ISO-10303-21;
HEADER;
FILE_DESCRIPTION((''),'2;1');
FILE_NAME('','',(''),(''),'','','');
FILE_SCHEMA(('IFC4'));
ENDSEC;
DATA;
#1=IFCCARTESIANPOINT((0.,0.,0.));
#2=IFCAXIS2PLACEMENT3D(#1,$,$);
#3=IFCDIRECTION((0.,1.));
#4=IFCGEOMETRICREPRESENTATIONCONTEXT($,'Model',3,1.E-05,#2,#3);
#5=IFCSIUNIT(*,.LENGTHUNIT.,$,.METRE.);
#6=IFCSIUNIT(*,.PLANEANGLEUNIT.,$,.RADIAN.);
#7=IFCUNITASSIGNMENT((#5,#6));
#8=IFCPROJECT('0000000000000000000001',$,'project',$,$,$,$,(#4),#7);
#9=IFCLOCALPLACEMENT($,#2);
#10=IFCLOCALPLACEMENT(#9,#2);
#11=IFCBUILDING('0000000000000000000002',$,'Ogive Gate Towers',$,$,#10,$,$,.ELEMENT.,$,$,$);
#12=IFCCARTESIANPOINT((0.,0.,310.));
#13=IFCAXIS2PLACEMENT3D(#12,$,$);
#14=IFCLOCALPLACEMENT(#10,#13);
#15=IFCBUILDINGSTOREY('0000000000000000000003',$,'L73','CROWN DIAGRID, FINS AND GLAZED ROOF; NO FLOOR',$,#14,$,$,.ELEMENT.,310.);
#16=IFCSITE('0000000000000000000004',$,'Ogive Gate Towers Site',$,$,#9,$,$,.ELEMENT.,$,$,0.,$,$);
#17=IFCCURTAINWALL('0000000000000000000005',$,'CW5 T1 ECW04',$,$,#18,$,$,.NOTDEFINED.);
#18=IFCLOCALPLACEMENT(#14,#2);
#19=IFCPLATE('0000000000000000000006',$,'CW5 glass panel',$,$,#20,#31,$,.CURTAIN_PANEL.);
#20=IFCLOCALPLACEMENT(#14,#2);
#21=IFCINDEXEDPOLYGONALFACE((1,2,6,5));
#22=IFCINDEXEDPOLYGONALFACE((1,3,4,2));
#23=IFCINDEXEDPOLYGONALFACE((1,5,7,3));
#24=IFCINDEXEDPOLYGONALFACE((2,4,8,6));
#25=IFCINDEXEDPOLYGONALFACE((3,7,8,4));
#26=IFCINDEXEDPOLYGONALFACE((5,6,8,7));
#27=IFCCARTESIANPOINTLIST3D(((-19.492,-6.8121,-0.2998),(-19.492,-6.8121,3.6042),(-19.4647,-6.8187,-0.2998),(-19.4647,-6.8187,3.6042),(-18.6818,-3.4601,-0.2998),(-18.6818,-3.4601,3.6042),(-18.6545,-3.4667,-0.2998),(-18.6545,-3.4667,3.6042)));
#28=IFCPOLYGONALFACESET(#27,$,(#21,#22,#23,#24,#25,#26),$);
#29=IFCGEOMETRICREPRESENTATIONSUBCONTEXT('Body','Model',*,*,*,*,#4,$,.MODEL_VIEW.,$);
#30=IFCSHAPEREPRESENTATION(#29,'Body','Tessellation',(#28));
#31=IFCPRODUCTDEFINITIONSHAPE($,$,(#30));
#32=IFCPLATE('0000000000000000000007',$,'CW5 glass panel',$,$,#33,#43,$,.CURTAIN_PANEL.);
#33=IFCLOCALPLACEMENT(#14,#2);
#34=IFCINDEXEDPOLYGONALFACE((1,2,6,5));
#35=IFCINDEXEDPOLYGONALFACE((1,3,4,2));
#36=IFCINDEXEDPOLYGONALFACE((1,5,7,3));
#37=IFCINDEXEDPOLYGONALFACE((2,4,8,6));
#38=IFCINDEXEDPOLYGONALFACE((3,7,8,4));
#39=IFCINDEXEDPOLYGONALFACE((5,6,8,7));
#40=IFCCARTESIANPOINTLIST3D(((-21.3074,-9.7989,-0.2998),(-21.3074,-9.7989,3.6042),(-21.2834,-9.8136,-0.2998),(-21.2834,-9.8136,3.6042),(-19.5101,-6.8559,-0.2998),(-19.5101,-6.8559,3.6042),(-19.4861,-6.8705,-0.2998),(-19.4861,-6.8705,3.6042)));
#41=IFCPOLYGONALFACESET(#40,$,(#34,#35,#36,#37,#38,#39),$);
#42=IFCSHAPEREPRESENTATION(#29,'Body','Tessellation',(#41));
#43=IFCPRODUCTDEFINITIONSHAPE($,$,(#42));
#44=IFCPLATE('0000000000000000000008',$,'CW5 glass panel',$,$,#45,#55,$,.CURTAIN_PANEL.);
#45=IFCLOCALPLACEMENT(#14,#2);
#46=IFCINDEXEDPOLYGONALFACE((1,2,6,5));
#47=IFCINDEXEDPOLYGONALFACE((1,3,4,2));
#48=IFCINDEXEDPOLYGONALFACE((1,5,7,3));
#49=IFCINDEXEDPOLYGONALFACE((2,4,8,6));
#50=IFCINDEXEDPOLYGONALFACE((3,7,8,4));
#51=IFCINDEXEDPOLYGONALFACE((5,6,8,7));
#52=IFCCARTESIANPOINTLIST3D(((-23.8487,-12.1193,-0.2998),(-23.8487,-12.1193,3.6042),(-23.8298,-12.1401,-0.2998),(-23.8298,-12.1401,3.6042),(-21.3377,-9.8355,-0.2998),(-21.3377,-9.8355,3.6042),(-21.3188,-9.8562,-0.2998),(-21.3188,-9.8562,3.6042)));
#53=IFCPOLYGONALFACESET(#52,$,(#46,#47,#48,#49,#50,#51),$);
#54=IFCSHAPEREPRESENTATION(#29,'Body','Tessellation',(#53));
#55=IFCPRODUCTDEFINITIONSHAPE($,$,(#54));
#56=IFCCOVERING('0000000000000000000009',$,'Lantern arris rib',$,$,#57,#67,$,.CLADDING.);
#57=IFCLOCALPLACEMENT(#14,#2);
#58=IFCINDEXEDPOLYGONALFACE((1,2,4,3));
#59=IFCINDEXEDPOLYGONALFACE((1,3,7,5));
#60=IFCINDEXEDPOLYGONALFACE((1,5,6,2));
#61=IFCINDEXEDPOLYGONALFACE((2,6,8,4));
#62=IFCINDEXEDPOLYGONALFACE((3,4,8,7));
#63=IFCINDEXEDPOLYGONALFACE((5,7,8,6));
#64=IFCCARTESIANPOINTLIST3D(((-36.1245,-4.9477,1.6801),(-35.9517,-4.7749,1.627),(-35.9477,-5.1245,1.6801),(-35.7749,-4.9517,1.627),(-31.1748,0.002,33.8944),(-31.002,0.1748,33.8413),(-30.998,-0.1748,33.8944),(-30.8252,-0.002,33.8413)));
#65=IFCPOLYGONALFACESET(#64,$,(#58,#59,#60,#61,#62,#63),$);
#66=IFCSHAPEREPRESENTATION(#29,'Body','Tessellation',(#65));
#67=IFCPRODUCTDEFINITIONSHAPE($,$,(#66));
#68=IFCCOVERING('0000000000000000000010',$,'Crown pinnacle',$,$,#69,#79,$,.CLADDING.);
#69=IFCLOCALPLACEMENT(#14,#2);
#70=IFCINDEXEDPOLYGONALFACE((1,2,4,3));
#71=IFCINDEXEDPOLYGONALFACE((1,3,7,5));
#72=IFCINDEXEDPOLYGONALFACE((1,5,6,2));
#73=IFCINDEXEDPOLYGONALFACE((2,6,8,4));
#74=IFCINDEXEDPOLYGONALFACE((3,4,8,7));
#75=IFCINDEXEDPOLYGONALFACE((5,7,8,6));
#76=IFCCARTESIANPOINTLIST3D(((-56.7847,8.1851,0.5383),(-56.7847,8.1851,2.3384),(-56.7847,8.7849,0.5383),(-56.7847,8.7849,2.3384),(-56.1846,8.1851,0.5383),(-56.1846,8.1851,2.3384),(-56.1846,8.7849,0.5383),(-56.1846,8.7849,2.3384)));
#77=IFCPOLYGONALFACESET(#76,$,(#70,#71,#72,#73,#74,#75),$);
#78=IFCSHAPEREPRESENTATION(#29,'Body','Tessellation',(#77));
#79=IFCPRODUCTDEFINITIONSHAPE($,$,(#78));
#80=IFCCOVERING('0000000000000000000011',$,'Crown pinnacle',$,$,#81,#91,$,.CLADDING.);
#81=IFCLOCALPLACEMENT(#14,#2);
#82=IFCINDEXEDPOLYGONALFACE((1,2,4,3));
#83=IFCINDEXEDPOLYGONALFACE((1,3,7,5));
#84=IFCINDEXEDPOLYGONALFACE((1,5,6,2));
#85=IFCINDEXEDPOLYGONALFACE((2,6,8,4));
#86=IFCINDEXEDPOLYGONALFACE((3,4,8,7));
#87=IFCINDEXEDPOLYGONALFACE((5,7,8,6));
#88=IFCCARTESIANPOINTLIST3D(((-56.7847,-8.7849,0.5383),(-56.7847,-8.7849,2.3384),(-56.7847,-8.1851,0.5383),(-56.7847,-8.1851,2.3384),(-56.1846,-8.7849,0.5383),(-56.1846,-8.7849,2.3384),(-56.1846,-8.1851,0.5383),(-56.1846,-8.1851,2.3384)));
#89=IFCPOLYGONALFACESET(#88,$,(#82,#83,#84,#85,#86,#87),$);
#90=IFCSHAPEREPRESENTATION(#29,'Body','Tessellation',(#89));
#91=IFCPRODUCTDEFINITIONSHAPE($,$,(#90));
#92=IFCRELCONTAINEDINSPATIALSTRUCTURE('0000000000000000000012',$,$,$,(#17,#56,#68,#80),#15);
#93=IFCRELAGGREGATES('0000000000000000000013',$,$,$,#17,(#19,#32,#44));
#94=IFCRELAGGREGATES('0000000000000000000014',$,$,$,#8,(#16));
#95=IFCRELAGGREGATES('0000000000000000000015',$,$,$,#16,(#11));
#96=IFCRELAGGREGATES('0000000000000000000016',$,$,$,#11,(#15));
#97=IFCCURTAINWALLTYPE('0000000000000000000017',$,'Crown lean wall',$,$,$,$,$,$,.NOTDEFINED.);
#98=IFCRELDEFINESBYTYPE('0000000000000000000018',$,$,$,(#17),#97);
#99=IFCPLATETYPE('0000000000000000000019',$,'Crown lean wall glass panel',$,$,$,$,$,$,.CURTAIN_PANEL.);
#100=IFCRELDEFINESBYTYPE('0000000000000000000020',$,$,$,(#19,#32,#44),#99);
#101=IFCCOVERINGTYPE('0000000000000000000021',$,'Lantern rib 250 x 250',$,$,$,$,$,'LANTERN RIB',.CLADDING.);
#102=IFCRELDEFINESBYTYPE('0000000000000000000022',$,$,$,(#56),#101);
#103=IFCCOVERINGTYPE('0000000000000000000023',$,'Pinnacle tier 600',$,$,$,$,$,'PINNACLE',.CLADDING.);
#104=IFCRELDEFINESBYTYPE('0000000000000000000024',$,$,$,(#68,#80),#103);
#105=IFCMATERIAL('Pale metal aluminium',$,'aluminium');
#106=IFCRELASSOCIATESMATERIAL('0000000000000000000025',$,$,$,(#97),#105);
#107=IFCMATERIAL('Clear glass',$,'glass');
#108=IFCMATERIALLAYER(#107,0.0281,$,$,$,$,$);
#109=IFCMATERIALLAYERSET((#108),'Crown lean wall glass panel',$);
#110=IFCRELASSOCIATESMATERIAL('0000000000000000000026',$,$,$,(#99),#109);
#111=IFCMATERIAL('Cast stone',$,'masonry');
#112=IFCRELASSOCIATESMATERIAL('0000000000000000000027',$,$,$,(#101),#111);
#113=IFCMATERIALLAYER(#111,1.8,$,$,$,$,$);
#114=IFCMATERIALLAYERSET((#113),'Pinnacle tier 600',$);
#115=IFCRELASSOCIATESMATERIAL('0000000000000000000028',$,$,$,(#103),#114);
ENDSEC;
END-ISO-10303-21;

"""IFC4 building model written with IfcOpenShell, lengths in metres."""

from ifc_helpers import new_model, si_unit, direction, frame, origin, origin_2d, place, context, subcontext, project, spatial, polyline, rectangle, outline, extrude, material, layer, layer_set, material_profile, profile_set, type_object, element, aggregate, save


model = new_model("IFC4")

# Units and contexts
model_context = context("Model", 3, precision=1e-05, world=origin(), true_north=direction((0.0, 1.0)))
body_context = subcontext(model_context, "Body", "Model", "MODEL_VIEW")
ifc_project = project(units=[si_unit("LENGTHUNIT", "METRE"), si_unit("PLANEANGLEUNIT", "RADIAN")], contexts=[model_context])

# Site, building, storey
site_placement = place(None, origin())
site = spatial("IfcSite", under=ifc_project, at=site_placement, Name="Ogive Gate Towers Site", CompositionType="ELEMENT", RefElevation=0.0)
building_placement = place(site_placement, origin())
building = spatial("IfcBuilding", under=site, at=building_placement, Name="Ogive Gate Towers", CompositionType="ELEMENT")
storey_placement = place(building_placement, frame((0.0, 0.0, 310.0)))
storey = spatial("IfcBuildingStorey", under=building, at=storey_placement, Name="L73", Description="CROWN DIAGRID, FINS AND GLAZED ROOF; NO FLOOR", CompositionType="ELEMENT", Elevation=310.0)

# Shared definitions
ifc_material_1 = material(Name="Pale metal aluminium", Category="aluminium")
curtain_wall_type = type_object("IfcCurtainWallType", Name="Crown lean wall", PredefinedType="NOTDEFINED", material=ifc_material_1)

# Curtain wall
curtain_wall_1_placement = place(storey_placement, origin())
curtain_wall_1 = element("IfcCurtainWall", 1, at=curtain_wall_1_placement, inside=storey, type_object=curtain_wall_type, Name="CW5 T1 ECW04", PredefinedType="NOTDEFINED")

# Plates
ifc_material_2 = material(Name="Clear glass", Category="glass")
ifc_layer_1 = layer(ifc_material_2, 0.0281)
ifc_layer_set_1 = layer_set([ifc_layer_1], Name="Crown lean wall glass panel")
plate_type = type_object("IfcPlateType", Name="Crown lean wall glass panel", PredefinedType="CURTAIN_PANEL", material=ifc_layer_set_1)
plate_1_placement = place(storey_placement, frame((-19.0732, -5.1394, -0.2998), z_axis=(0.0, 0.0, 1.0), x_axis=(-0.234939, -0.97201, 0.0)))
plate_1 = element("IfcPlate", 2, at=plate_1_placement, type_object=plate_type, Name="CW5 glass panel", PredefinedType="CURTAIN_PANEL", context=body_context, shape_type="SweptSolid", body=[
    extrude(rectangle(XDim=3.4485, YDim=0.0281, at=origin_2d()), origin(), (0.0, 0.0, 1.0), 3.9041),
])
plate_2_placement = place(storey_placement, frame((-20.3967, -8.3347, -0.2998), z_axis=(0.0, 0.0, 1.0), x_axis=(-0.521188, -0.853442, 0.0)))
plate_2 = element("IfcPlate", 3, at=plate_2_placement, type_object=plate_type, Name="CW5 glass panel", PredefinedType="CURTAIN_PANEL", context=body_context, shape_type="SweptSolid", body=[
    extrude(rectangle(XDim=3.4485, YDim=0.0281, at=origin_2d()), origin(), (0.0, 0.0, 1.0), 3.9041),
])
plate_3_placement = place(storey_placement, frame((-22.5837, -10.9878, -0.2998), z_axis=(0.0, 0.0, 1.0), x_axis=(-0.739772, -0.672858, 0.0)))
plate_3 = element("IfcPlate", 4, at=plate_3_placement, type_object=plate_type, Name="CW5 glass panel", PredefinedType="CURTAIN_PANEL", context=body_context, shape_type="SweptSolid", body=[
    extrude(rectangle(XDim=3.3943, YDim=0.0281, at=origin_2d()), origin(), (0.0, 0.0, 1.0), 3.9041),
])
aggregate(curtain_wall_1, [plate_1, plate_2, plate_3])

# Coverings
ifc_material_3 = material(Name="Cast stone", Category="masonry")
ifc_material_profile_1 = material_profile(ifc_material_3, rectangle(XDim=0.25, YDim=0.25, at=origin_2d()), Name="250 x 250 cast stone")
ifc_profile_set_1 = profile_set([ifc_material_profile_1], Name="Cast stone")
covering_type_1 = type_object("IfcCoveringType", Name="Lantern rib 250 x 250", ElementType="LANTERN RIB", PredefinedType="CLADDING", material=ifc_profile_set_1)
covering_1_placement = place(storey_placement, frame((-35.9497, -4.9497, 1.6536), z_axis=(0.150145, 0.150145, 0.977196), x_axis=(-0.707107, 0.707107, 0.0)))
element("IfcCovering", 5, at=covering_1_placement, inside=storey, type_object=covering_type_1, Name="Lantern arris rib", PredefinedType="CLADDING", context=body_context, shape_type="SweptSolid", body=[
    extrude(rectangle(XDim=0.25, YDim=0.25, at=origin_2d()), origin(), (0.0, 0.0, 1.0), 32.9661),
])
ifc_layer_2 = layer(ifc_material_3, 1.8)
ifc_layer_set_2 = layer_set([ifc_layer_2], Name="Pinnacle tier 600")
covering_type_2 = type_object("IfcCoveringType", Name="Pinnacle tier 600", ElementType="PINNACLE", PredefinedType="CLADDING", material=ifc_layer_set_2)
covering_2_placement = place(storey_placement, frame((0.0, 0.0, 0.5383)))
element("IfcCovering", 6, at=covering_2_placement, inside=storey, type_object=covering_type_2, Name="Crown pinnacle", PredefinedType="CLADDING", context=body_context, shape_type="SweptSolid", body=[
    extrude(outline(polyline([(-56.7847, 8.1851), (-56.1846, 8.1851), (-56.1846, 8.7849), (-56.7847, 8.7849), (-56.7847, 8.1851)])), origin(), (0.0, 0.0, 1.0), 1.8),
])
covering_3_placement = place(storey_placement, frame((0.0, 0.0, 0.5383)))
element("IfcCovering", 7, at=covering_3_placement, inside=storey, type_object=covering_type_2, Name="Crown pinnacle", PredefinedType="CLADDING", context=body_context, shape_type="SweptSolid", body=[
    extrude(outline(polyline([(-56.7847, -8.7849), (-56.1846, -8.7849), (-56.1846, -8.1851), (-56.7847, -8.1851), (-56.7847, -8.7849)])), origin(), (0.0, 0.0, 1.0), 1.8),
])

save(model, "model.ifc")
